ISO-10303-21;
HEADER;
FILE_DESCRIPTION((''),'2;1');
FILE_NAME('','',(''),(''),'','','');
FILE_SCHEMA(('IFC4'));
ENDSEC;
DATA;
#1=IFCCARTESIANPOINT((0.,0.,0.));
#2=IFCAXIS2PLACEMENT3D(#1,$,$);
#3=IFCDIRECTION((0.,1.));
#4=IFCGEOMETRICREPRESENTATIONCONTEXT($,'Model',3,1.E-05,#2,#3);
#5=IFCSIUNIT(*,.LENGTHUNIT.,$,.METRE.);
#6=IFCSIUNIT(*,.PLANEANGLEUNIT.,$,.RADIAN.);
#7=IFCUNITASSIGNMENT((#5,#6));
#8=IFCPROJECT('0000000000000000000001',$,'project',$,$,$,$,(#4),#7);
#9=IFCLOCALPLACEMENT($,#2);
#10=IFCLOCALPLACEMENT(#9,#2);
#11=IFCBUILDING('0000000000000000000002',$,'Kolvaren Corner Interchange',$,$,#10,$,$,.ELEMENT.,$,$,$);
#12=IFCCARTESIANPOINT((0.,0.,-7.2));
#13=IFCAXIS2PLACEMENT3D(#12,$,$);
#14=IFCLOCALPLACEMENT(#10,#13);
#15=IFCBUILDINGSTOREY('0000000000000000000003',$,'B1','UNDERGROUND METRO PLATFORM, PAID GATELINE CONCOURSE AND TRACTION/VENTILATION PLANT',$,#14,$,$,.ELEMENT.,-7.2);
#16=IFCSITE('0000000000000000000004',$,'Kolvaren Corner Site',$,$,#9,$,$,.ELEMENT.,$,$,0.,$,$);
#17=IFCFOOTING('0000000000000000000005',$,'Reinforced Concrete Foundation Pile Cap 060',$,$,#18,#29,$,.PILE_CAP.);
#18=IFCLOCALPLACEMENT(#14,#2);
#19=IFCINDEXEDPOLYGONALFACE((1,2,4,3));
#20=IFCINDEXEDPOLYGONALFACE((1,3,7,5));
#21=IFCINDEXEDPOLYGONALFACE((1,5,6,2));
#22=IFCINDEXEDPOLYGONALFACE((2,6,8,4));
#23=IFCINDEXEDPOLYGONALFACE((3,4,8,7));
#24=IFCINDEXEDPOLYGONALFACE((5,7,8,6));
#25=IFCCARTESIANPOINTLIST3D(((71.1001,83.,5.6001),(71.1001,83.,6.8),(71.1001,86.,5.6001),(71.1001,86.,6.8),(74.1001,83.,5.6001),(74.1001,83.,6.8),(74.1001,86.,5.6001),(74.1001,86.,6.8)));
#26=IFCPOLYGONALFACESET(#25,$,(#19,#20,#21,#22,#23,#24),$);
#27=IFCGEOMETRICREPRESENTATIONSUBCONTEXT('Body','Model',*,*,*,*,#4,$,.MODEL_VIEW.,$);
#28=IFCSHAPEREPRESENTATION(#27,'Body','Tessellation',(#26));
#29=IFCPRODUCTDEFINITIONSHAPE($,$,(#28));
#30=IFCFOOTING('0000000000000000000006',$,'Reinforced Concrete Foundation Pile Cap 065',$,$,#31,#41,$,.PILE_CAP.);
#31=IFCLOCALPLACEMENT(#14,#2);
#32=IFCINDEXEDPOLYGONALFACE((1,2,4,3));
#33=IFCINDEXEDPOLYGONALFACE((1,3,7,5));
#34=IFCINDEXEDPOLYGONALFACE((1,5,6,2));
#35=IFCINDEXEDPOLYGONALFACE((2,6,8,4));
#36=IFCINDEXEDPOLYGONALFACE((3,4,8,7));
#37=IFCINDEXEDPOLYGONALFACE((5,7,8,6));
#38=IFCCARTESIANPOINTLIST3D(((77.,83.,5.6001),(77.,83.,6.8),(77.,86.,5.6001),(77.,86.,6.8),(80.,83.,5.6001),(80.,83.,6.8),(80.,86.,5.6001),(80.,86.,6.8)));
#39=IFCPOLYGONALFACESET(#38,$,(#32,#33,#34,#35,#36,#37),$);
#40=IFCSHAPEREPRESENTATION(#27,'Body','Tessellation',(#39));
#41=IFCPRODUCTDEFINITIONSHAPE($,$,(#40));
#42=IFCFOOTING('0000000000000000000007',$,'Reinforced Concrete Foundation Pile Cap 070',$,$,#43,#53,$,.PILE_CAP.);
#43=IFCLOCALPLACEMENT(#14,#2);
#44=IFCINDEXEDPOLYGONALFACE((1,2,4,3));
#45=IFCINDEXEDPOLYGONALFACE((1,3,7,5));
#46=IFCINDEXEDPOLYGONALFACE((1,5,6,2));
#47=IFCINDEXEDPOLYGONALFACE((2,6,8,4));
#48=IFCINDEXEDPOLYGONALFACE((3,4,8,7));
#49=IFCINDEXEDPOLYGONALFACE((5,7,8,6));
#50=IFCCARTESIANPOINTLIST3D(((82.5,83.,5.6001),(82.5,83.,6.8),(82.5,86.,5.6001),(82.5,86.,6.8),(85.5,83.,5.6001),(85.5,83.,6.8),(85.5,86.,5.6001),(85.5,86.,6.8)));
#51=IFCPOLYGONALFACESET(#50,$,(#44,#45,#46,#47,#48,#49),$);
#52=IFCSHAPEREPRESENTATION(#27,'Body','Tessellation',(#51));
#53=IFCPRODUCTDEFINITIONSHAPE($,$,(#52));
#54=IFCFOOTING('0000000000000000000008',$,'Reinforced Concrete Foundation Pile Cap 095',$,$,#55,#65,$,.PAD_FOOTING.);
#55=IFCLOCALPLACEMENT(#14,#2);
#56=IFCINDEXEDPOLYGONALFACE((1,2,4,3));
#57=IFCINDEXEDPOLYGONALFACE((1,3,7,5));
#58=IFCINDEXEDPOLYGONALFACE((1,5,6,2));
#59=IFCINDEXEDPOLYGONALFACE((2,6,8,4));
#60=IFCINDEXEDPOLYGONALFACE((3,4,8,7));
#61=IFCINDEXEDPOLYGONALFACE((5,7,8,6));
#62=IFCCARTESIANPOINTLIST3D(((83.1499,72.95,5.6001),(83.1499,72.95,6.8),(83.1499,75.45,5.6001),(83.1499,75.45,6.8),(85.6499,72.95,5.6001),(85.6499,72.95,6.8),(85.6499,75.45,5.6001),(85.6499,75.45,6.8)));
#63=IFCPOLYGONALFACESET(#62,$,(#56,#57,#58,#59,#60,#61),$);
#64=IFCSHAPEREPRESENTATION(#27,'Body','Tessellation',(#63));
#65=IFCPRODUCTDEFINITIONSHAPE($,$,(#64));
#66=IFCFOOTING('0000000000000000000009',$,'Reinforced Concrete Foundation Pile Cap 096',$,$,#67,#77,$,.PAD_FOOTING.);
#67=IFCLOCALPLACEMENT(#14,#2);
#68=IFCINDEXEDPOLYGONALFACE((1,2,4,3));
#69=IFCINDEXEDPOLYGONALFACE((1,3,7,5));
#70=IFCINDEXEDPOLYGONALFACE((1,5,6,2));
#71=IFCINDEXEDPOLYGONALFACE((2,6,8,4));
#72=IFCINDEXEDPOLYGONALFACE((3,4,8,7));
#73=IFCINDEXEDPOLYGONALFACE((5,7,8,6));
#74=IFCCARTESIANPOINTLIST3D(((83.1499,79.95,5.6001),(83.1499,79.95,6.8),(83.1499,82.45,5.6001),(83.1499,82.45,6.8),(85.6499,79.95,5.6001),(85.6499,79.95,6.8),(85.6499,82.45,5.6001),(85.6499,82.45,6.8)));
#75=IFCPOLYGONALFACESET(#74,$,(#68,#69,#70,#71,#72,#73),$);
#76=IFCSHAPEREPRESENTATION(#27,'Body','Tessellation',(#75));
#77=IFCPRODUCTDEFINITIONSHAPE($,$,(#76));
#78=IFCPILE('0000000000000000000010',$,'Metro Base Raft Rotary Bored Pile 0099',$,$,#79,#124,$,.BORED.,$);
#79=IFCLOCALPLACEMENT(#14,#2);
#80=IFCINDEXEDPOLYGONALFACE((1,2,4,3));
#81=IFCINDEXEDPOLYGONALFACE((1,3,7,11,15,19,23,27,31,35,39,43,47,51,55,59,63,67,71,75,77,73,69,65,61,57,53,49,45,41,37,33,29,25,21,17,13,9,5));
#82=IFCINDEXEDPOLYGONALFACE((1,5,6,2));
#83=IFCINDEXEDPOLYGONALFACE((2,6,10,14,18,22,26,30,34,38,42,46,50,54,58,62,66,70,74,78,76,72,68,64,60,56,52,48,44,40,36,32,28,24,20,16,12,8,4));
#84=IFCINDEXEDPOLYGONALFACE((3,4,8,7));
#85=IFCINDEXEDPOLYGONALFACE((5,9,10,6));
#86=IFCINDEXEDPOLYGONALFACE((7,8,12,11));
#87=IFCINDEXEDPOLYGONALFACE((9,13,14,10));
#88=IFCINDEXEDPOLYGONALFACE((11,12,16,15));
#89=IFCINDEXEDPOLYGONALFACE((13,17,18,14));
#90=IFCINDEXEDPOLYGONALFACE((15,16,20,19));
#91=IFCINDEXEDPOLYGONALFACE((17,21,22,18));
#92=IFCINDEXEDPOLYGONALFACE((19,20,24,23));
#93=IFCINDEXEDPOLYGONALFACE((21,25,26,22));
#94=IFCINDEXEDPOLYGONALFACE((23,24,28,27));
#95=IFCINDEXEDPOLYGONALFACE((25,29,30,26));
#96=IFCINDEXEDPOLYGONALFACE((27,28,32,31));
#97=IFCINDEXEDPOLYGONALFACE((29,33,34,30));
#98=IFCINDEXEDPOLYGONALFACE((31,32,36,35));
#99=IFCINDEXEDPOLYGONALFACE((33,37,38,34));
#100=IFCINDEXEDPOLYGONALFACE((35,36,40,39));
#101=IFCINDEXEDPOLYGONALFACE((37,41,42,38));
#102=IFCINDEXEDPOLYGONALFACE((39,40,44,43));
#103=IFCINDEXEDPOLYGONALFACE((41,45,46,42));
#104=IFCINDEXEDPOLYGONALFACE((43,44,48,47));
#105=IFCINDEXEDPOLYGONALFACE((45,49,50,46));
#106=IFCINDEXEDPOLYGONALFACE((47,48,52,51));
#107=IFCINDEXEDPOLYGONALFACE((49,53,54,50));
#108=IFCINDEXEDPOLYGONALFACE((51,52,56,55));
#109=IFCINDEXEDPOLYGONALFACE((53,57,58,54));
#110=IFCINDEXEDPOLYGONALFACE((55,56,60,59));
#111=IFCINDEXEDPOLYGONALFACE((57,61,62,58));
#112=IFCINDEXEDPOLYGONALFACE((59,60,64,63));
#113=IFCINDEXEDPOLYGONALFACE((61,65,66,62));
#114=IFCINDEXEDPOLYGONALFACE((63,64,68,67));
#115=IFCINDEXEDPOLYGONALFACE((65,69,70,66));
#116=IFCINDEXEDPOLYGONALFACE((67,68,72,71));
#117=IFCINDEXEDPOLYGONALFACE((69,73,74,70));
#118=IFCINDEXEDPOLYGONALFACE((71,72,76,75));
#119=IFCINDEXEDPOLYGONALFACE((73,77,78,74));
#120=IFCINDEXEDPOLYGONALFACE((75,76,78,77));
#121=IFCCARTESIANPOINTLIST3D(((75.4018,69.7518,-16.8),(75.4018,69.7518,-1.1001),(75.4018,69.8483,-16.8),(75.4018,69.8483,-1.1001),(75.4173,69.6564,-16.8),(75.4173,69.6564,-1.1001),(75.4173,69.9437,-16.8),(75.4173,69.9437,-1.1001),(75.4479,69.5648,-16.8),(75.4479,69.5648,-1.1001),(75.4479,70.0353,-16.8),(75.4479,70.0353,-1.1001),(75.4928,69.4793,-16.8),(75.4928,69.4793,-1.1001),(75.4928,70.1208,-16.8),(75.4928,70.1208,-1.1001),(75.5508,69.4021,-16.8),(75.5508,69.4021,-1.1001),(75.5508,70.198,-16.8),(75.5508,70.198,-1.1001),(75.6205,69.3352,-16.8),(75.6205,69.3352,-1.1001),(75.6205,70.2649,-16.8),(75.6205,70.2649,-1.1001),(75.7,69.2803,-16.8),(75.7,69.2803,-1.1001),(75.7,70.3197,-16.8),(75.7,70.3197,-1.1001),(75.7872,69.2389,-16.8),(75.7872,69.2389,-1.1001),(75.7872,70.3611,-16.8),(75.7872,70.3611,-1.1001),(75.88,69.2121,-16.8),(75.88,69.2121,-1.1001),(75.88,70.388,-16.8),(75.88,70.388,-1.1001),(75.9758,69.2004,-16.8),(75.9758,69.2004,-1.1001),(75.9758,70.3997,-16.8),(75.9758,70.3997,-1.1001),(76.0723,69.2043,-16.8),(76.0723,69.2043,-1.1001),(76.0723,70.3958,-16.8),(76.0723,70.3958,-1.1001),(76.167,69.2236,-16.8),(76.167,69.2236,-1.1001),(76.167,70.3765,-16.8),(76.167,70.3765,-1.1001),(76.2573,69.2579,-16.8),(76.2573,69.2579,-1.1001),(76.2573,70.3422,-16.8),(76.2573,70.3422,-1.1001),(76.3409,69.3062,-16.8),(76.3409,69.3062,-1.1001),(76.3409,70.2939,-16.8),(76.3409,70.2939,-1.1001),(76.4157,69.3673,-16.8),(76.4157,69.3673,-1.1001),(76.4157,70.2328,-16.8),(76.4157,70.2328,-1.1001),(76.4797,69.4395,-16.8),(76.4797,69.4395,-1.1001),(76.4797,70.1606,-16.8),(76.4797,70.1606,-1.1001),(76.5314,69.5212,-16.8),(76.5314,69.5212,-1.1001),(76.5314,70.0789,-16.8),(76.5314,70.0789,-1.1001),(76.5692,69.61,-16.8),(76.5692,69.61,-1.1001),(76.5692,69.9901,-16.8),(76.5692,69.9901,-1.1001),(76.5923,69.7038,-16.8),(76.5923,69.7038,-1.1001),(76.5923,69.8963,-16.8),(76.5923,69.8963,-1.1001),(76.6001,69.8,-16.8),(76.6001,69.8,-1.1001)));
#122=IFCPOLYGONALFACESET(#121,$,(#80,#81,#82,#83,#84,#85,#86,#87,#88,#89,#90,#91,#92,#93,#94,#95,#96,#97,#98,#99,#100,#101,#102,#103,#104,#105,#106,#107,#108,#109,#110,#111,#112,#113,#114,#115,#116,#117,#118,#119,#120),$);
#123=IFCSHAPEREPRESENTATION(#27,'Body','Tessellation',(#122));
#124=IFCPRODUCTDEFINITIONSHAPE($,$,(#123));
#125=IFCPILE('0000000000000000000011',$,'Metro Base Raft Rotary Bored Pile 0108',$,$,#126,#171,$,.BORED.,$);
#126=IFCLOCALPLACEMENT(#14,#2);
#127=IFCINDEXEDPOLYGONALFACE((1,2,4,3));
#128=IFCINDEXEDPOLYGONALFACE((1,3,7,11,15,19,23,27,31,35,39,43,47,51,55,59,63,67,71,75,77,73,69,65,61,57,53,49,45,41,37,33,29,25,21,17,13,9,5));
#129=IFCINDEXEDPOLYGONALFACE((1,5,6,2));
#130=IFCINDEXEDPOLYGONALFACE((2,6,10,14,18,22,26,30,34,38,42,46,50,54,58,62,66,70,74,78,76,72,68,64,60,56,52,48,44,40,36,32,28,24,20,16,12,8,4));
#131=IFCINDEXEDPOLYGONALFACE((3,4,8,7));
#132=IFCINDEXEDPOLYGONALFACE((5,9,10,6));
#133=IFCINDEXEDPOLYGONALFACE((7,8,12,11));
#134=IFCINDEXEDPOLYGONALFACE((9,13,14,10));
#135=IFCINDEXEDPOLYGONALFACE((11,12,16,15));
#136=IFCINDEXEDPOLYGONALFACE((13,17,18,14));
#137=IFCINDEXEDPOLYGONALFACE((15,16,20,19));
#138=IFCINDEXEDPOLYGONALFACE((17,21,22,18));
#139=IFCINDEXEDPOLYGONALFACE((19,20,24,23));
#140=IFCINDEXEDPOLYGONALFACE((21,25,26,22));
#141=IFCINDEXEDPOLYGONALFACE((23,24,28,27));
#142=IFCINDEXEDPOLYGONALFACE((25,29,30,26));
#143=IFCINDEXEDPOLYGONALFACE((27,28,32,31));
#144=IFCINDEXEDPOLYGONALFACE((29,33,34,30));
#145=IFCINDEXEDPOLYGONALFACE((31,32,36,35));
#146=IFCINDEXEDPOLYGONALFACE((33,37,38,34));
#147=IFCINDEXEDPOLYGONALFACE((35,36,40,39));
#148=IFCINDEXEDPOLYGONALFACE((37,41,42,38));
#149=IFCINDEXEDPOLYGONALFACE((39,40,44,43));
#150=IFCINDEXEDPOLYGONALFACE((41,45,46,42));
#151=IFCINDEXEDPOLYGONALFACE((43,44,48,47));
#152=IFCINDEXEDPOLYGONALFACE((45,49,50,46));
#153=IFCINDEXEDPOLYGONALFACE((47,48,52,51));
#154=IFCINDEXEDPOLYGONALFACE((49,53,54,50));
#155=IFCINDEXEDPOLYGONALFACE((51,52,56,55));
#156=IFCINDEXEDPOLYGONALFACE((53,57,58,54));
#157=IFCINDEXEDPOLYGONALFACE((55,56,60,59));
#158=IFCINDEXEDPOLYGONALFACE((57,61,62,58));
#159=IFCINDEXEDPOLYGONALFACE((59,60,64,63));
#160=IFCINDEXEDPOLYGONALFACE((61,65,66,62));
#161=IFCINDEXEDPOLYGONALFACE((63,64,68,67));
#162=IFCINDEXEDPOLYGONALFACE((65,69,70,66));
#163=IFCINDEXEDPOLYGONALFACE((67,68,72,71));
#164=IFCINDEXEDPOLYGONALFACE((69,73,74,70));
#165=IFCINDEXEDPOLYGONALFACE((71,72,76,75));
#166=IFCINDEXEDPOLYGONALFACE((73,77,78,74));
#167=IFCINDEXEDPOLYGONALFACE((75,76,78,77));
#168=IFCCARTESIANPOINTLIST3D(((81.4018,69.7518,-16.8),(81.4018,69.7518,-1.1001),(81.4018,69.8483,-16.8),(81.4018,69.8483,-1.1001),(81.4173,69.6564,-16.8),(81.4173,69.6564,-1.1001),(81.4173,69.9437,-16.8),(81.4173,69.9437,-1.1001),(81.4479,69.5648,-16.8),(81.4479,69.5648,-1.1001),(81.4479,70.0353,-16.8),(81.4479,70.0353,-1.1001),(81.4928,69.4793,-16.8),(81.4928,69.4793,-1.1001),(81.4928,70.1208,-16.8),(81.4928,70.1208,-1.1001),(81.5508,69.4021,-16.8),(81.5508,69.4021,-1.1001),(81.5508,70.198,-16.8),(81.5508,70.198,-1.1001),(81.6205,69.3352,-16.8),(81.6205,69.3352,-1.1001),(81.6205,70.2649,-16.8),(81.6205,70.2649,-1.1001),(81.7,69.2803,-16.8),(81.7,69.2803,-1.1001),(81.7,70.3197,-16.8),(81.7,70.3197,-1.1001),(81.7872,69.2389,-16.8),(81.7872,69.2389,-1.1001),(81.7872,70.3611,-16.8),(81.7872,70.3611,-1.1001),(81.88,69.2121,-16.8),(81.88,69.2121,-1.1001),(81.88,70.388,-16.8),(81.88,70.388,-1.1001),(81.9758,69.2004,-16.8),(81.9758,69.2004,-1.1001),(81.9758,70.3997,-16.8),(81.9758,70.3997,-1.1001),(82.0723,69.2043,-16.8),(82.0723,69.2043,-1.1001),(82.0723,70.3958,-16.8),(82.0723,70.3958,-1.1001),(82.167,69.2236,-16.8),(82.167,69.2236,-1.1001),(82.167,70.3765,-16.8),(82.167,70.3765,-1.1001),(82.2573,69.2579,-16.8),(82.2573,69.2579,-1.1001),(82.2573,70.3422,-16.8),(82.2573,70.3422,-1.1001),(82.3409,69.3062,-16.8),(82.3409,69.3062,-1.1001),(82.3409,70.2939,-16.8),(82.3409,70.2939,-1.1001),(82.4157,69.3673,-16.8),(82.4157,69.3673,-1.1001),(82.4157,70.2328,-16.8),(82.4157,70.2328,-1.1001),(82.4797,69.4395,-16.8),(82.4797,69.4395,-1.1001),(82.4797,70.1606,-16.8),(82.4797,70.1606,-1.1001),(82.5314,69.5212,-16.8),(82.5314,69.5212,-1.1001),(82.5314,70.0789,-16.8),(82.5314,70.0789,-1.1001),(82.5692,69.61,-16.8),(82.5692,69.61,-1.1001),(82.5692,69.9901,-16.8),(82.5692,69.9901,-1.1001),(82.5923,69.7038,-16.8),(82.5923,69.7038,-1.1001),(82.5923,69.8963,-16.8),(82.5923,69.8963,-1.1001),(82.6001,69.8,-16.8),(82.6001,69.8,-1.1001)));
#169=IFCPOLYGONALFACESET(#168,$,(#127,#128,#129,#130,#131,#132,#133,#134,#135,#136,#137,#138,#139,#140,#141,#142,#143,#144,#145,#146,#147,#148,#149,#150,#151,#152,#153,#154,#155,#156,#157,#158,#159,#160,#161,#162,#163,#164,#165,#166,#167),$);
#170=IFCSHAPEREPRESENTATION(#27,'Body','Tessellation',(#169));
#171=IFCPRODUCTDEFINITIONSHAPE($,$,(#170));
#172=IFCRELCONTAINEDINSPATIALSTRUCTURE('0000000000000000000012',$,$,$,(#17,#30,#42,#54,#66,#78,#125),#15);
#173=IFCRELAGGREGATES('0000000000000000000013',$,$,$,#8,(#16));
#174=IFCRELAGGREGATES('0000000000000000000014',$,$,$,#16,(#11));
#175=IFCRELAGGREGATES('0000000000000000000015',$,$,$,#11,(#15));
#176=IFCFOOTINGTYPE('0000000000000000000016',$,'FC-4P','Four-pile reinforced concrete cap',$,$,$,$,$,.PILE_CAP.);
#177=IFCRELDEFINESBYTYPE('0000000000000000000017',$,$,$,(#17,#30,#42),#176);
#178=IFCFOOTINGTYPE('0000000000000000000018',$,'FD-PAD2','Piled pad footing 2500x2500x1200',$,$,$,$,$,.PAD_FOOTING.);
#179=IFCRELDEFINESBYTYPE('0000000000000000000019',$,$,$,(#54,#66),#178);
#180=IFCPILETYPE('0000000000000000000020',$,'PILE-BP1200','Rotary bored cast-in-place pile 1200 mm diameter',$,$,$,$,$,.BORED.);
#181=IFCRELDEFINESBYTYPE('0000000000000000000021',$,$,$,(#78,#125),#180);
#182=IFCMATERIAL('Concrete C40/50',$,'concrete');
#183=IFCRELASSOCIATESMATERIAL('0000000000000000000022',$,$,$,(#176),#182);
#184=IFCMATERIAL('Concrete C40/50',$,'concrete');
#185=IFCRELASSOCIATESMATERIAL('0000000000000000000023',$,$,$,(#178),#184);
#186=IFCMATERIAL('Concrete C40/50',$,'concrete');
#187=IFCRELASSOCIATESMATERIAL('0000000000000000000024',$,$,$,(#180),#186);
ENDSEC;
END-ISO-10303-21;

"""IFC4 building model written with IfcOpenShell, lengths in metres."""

from ifc_helpers import new_model, si_unit, direction, frame, origin, origin_2d, place, context, subcontext, project, spatial, rectangle, circle, extrude, material, material_profile, profile_set, type_object, element, save


model = new_model("IFC4")

# Units and contexts
model_context = context("Model", 3, precision=1e-05, world=origin(), true_north=direction((0.0, 1.0)))
body_context = subcontext(model_context, "Body", "Model", "MODEL_VIEW")
ifc_project = project(units=[si_unit("LENGTHUNIT", "METRE"), si_unit("PLANEANGLEUNIT", "RADIAN")], contexts=[model_context])

# Site, building, storey
site_placement = place(None, origin())
site = spatial("IfcSite", under=ifc_project, at=site_placement, Name="Kolvaren Corner Site", CompositionType="ELEMENT", RefElevation=0.0)
building_placement = place(site_placement, origin())
building = spatial("IfcBuilding", under=site, at=building_placement, Name="Kolvaren Corner Interchange", CompositionType="ELEMENT")
storey_placement = place(building_placement, frame((0.0, 0.0, -7.2)))
storey = spatial("IfcBuildingStorey", under=building, at=storey_placement, Name="B1", Description="UNDERGROUND METRO PLATFORM, PAID GATELINE CONCOURSE AND TRACTION/VENTILATION PLANT", CompositionType="ELEMENT", Elevation=-7.2)

# Footings
ifc_material_1 = material(Name="Concrete C40/50", Category="concrete")
footing_type_1 = type_object("IfcFootingType", Name="FC-4P", Description="Four-pile reinforced concrete cap", PredefinedType="PILE_CAP", material=ifc_material_1)
for number, where, z_axis, x_axis, name in (
    (1, (72.6001, 84.5, 5.6001), (0.0, 0.0, 1.0), (1.0, 0.0, 0.0), "Reinforced Concrete Foundation Pile Cap 060"),
    (2, (78.5, 84.5, 5.6001), (0.0, 0.0, 1.0), (1.0, 0.0, 0.0), "Reinforced Concrete Foundation Pile Cap 065"),
    (3, (84.0, 84.5, 5.6001), (0.0, 0.0, 1.0), (1.0, 0.0, 0.0), "Reinforced Concrete Foundation Pile Cap 070"),
):
    element("IfcFooting", number, at=place(storey_placement, frame(where, z_axis=z_axis, x_axis=x_axis)), inside=storey, type_object=footing_type_1, Name=name, PredefinedType="PILE_CAP", context=body_context, shape_type="SweptSolid", body=[
        extrude(rectangle(XDim=3.0, YDim=3.0, at=origin_2d()), origin(), (0.0, 0.0, 1.0), 1.2),
    ])
ifc_material_2 = material(Name="Concrete C40/50", Category="concrete")
footing_type_2 = type_object("IfcFootingType", Name="FD-PAD2", Description="Piled pad footing 2500x2500x1200", PredefinedType="PAD_FOOTING", material=ifc_material_2)
for number, where, z_axis, x_axis, name in (
    (4, (84.3999, 74.2, 5.6001), (0.0, 0.0, 1.0), (1.0, 0.0, 0.0), "Reinforced Concrete Foundation Pile Cap 095"),
    (5, (84.3999, 81.2, 5.6001), (0.0, 0.0, 1.0), (1.0, 0.0, 0.0), "Reinforced Concrete Foundation Pile Cap 096"),
):
    element("IfcFooting", number, at=place(storey_placement, frame(where, z_axis=z_axis, x_axis=x_axis)), inside=storey, type_object=footing_type_2, Name=name, PredefinedType="PAD_FOOTING", context=body_context, shape_type="SweptSolid", body=[
        extrude(rectangle(XDim=2.5, YDim=2.5, at=origin_2d()), origin(), (0.0, 0.0, 1.0), 1.2),
    ])

# Piles
ifc_material_3 = material(Name="Concrete C40/50", Category="concrete")
ifc_material_profile_1 = material_profile(ifc_material_3, circle(Radius=0.6001, at=origin_2d()), Name="BORED PILE 1200")
ifc_profile_set_1 = profile_set([ifc_material_profile_1], Name="Concrete C40/50")
pile_type_1 = type_object("IfcPileType", Name="PILE-BP1200", Description="Rotary bored cast-in-place pile 1200 mm diameter", PredefinedType="BORED", material=ifc_profile_set_1)
for number, where, z_axis, x_axis, name in (
    (6, (76.0, 69.8, -1.1001), (0.0, 0.0, -1.0), (1.0, 0.0, 0.0), "Metro Base Raft Rotary Bored Pile 0099"),
    (7, (82.0, 69.8, -1.1001), (0.0, 0.0, -1.0), (1.0, 0.0, 0.0), "Metro Base Raft Rotary Bored Pile 0108"),
):
    element("IfcPile", number, at=place(storey_placement, frame(where, z_axis=z_axis, x_axis=x_axis)), inside=storey, type_object=pile_type_1, Name=name, PredefinedType="BORED", context=body_context, shape_type="SweptSolid", body=[
        extrude(circle(Radius=0.6001, at=origin_2d()), origin(), (0.0, 0.0, 1.0), 15.7),
    ])

save(model, "model.ifc")
